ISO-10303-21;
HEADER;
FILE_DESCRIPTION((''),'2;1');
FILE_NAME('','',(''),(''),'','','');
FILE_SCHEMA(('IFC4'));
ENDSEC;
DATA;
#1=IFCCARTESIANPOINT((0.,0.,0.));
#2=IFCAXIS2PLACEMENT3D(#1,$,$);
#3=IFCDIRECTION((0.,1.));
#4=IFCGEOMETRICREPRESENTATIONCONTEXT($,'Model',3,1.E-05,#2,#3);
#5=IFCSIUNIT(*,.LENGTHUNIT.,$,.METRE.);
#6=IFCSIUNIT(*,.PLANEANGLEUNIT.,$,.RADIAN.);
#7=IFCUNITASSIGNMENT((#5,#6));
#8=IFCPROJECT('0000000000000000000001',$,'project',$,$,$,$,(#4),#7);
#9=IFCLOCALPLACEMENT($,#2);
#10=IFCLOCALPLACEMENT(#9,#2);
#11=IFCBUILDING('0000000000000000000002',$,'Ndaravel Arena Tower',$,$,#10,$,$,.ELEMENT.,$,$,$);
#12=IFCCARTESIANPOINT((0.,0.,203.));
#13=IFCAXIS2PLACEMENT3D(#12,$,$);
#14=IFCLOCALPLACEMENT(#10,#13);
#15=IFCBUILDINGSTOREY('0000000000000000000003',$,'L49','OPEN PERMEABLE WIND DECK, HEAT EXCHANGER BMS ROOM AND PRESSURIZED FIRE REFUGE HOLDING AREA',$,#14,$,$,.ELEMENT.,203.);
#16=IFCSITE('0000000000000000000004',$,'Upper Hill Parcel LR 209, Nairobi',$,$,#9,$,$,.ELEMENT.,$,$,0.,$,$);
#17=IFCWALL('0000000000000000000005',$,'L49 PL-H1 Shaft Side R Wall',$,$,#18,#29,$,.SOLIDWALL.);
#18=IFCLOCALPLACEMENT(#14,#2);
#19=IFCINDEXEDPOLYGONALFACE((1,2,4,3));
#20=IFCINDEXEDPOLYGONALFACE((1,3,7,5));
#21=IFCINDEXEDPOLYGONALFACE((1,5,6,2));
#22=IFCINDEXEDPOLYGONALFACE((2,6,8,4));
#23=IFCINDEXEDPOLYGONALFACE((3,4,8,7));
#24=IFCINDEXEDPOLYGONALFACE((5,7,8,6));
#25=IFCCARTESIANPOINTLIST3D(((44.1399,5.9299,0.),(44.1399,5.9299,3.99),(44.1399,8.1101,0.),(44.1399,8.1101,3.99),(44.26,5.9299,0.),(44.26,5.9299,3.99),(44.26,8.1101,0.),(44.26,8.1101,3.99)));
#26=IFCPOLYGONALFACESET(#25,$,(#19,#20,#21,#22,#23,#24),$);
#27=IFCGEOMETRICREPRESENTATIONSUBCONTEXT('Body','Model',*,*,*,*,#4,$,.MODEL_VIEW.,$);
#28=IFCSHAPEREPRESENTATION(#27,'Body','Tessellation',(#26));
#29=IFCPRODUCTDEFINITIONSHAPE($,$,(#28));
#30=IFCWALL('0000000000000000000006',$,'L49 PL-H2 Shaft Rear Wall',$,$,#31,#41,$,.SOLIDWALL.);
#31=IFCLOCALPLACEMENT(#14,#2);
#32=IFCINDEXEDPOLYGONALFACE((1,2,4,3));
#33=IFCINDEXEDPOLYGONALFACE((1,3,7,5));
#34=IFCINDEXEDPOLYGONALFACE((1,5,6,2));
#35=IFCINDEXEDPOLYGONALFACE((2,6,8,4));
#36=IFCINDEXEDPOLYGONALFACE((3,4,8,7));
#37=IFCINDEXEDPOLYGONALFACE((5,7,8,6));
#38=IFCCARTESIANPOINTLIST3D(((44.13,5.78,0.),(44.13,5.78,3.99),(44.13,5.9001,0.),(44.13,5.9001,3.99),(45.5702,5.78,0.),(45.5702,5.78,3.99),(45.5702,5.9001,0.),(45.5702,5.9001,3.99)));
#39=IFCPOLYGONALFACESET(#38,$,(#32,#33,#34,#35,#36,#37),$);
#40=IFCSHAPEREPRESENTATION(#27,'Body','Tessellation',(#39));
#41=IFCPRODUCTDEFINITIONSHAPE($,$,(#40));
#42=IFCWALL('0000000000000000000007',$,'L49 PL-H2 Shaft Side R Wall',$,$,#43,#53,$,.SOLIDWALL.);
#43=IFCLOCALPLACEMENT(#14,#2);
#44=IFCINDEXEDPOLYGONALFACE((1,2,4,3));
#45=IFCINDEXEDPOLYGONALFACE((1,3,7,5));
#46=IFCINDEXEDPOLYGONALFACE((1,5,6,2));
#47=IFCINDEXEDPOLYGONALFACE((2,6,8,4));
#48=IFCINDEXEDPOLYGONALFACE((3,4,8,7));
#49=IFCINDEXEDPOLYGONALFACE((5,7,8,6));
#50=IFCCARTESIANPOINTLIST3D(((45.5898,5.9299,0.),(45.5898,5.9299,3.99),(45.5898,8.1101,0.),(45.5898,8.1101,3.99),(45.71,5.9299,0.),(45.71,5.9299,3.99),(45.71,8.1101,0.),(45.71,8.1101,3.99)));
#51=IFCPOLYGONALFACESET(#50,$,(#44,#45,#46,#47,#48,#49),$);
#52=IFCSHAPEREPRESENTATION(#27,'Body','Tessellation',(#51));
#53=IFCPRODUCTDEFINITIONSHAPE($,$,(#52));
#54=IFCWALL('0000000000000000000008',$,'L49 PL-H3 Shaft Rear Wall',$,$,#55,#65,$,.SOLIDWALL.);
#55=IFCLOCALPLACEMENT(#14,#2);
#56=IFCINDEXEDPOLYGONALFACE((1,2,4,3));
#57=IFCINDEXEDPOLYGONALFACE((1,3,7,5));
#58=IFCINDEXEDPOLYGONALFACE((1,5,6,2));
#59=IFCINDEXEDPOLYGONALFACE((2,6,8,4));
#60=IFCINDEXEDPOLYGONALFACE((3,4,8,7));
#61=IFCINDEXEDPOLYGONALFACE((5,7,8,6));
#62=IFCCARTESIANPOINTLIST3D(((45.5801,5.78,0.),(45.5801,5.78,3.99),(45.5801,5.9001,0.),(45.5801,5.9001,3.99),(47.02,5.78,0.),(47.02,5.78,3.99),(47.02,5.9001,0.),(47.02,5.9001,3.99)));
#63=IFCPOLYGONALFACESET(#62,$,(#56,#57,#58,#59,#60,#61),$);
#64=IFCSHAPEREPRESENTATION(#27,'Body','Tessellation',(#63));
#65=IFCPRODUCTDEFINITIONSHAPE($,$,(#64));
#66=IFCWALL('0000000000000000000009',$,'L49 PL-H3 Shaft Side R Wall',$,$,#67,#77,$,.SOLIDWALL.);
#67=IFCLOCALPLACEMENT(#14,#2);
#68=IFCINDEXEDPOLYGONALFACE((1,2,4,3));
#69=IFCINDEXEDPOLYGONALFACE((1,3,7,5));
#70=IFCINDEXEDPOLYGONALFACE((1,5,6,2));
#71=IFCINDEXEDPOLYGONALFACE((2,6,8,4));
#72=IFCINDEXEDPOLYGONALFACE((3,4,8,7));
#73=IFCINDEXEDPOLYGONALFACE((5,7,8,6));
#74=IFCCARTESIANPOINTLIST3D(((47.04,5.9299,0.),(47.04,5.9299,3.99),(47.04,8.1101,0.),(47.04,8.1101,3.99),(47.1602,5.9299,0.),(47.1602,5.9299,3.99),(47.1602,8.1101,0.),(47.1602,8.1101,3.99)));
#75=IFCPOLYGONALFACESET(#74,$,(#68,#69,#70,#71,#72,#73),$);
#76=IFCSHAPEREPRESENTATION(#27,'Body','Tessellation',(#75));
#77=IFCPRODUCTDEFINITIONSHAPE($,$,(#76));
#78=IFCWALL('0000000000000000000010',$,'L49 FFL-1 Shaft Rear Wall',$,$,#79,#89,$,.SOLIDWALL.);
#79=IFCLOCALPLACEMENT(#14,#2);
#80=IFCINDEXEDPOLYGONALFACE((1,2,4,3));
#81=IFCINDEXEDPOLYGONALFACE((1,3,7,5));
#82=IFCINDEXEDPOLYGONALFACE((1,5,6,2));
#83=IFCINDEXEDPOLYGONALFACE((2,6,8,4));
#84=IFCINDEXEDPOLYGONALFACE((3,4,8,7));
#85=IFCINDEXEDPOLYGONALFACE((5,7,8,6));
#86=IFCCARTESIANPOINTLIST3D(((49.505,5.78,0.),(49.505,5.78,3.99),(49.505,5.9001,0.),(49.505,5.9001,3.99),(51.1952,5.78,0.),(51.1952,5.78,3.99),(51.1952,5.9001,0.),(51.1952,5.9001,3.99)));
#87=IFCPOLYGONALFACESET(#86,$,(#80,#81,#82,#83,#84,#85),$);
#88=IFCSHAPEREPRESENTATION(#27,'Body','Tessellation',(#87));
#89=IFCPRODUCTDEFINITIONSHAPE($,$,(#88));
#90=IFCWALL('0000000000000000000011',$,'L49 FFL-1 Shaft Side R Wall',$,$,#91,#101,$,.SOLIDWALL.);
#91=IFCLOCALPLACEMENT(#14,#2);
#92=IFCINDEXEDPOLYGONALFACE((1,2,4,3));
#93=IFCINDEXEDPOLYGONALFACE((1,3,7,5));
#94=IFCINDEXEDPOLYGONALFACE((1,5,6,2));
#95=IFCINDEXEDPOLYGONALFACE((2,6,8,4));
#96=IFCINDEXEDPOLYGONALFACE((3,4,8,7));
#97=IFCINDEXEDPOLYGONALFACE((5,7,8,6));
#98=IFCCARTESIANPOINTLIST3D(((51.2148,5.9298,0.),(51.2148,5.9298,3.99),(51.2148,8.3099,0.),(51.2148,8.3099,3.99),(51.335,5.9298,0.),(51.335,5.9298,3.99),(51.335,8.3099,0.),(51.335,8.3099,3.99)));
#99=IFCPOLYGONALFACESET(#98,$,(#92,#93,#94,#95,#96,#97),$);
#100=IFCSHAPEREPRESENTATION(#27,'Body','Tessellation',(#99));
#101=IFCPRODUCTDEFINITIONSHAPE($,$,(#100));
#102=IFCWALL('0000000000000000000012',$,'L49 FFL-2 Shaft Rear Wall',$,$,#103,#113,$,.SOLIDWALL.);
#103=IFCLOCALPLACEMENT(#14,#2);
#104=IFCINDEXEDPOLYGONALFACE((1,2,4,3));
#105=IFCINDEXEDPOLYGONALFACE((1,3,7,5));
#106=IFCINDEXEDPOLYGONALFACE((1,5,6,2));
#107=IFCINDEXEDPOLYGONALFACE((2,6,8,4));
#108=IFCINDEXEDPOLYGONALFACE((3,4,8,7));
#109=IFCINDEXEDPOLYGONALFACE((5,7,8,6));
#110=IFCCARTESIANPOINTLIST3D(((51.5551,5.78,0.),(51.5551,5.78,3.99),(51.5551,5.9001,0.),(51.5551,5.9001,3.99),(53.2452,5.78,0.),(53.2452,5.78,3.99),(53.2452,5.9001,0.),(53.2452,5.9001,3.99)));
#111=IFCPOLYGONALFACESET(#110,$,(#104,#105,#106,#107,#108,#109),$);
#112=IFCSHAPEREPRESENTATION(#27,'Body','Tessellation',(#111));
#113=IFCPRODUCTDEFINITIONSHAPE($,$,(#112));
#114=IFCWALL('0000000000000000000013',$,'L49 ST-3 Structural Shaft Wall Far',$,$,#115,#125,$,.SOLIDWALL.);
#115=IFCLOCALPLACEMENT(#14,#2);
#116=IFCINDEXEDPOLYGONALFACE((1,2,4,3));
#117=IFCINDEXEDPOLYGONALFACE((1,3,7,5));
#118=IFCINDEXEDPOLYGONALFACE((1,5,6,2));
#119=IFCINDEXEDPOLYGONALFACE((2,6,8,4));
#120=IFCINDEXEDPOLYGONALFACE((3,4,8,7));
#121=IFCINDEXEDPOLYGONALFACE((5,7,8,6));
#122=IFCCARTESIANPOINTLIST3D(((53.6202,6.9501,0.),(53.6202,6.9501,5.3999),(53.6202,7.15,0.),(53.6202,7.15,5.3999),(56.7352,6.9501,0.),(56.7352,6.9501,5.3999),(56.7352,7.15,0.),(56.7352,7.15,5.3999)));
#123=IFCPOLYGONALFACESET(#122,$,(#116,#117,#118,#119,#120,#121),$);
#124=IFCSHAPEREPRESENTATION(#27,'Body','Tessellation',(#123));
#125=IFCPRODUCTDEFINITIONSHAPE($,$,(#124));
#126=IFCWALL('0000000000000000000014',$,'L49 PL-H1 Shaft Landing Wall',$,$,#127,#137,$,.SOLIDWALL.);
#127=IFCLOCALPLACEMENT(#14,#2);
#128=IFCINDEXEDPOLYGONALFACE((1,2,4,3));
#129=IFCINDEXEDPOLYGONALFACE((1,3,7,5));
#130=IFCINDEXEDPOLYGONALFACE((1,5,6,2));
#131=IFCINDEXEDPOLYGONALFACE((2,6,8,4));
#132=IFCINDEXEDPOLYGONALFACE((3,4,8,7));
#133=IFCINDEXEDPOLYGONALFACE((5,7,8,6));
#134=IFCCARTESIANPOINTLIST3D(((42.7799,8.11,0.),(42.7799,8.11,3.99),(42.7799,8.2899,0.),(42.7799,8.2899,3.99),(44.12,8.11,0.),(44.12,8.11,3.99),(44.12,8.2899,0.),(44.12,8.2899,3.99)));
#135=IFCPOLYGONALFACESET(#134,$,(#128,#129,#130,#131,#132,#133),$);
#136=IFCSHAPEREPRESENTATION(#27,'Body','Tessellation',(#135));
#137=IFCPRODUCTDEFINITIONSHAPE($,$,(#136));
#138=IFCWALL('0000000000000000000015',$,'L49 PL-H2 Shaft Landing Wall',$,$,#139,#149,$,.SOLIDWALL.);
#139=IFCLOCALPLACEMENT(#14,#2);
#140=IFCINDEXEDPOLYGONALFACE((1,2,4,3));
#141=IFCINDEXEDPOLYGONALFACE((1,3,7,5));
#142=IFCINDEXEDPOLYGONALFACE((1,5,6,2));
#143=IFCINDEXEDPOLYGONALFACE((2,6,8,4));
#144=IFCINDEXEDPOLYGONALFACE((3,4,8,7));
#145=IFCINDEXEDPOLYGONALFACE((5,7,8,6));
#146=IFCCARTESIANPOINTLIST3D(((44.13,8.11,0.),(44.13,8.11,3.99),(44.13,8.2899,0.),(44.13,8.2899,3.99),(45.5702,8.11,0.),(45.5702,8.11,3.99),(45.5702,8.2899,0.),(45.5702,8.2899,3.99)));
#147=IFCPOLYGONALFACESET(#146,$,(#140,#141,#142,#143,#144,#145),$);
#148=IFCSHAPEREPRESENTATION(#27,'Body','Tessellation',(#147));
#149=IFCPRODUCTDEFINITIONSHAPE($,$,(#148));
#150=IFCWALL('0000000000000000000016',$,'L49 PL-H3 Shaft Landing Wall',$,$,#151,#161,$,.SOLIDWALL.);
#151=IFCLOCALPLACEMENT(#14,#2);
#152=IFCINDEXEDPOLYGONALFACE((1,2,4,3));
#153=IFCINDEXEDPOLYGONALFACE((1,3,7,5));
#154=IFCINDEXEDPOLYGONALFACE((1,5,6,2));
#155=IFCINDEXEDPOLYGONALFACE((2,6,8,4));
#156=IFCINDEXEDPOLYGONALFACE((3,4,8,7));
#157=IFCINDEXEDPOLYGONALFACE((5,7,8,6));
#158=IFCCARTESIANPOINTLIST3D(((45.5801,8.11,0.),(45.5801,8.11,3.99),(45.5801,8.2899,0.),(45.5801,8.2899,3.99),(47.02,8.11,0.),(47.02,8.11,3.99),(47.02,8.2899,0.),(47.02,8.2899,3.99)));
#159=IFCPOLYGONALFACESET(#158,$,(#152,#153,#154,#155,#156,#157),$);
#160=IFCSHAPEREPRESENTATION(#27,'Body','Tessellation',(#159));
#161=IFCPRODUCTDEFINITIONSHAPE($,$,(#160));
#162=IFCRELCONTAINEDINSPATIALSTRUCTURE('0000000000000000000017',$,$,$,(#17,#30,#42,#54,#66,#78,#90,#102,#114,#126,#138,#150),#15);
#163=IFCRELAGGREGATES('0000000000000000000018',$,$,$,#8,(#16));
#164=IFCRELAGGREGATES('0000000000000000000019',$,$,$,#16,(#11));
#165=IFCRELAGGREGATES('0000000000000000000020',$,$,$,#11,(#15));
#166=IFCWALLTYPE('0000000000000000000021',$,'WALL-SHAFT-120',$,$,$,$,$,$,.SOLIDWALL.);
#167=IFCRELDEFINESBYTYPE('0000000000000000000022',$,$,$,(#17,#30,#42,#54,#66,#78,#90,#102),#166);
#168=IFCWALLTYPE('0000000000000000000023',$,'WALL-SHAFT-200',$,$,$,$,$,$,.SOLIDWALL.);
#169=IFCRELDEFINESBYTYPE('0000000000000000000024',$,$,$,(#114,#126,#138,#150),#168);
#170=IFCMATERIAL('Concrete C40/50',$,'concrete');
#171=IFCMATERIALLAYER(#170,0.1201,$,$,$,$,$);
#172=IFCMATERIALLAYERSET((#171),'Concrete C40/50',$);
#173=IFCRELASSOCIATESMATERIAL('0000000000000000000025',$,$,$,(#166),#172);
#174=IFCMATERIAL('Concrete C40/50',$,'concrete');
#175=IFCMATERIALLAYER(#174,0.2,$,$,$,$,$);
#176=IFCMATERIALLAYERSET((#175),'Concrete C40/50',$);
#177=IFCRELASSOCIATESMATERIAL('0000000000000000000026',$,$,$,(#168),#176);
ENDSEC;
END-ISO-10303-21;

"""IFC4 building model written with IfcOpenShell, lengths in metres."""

from ifc_helpers import new_model, si_unit, direction, frame, frame_2d, origin, place, context, subcontext, project, spatial, rectangle, extrude, material, layer, layer_set, type_object, element, save


model = new_model("IFC4")

# Units and contexts
model_context = context("Model", 3, precision=1e-05, world=origin(), true_north=direction((0.0, 1.0)))
body_context = subcontext(model_context, "Body", "Model", "MODEL_VIEW")
ifc_project = project(units=[si_unit("LENGTHUNIT", "METRE"), si_unit("PLANEANGLEUNIT", "RADIAN")], contexts=[model_context])

# Site, building, storey
site_placement = place(None, origin())
site = spatial("IfcSite", under=ifc_project, at=site_placement, Name="Upper Hill Parcel LR 209, Nairobi", CompositionType="ELEMENT", RefElevation=0.0)
building_placement = place(site_placement, origin())
building = spatial("IfcBuilding", under=site, at=building_placement, Name="Ndaravel Arena Tower", CompositionType="ELEMENT")
storey_placement = place(building_placement, frame((0.0, 0.0, 203.0)))
storey = spatial("IfcBuildingStorey", under=building, at=storey_placement, Name="L49", Description="OPEN PERMEABLE WIND DECK, HEAT EXCHANGER BMS ROOM AND PRESSURIZED FIRE REFUGE HOLDING AREA", CompositionType="ELEMENT", Elevation=203.0)

# Walls
ifc_material_1 = material(Name="Concrete C40/50", Category="concrete")
ifc_layer_1 = layer(ifc_material_1, 0.1201)
ifc_layer_set_1 = layer_set([ifc_layer_1], Name="Concrete C40/50")
wall_type_1 = type_object("IfcWallType", Name="WALL-SHAFT-120", PredefinedType="SOLIDWALL", material=ifc_layer_set_1)
wall_1_placement = place(storey_placement, frame((44.2, 5.9299, 0.0), z_axis=(0.0, 0.0, 1.0), x_axis=(0.0, 1.0, 0.0)))
element("IfcWall", 1, at=wall_1_placement, inside=storey, type_object=wall_type_1, Name="L49 PL-H1 Shaft Side R Wall", PredefinedType="SOLIDWALL", context=body_context, shape_type="SweptSolid", body=[
    extrude(rectangle(XDim=2.1802, YDim=0.1201, at=frame_2d((1.0901, 0.0))), origin(), (0.0, 0.0, 1.0), 3.99),
])
wall_2_placement = place(storey_placement, frame((44.1299, 5.8401, 0.0), z_axis=(0.0, 0.0, 1.0), x_axis=(1.0, 0.0, 0.0)))
element("IfcWall", 2, at=wall_2_placement, inside=storey, type_object=wall_type_1, Name="L49 PL-H2 Shaft Rear Wall", PredefinedType="SOLIDWALL", context=body_context, shape_type="SweptSolid", body=[
    extrude(rectangle(XDim=1.4402, YDim=0.1201, at=frame_2d((0.7202, 0.0))), origin(), (0.0, 0.0, 1.0), 3.99),
])
wall_3_placement = place(storey_placement, frame((45.6499, 5.9299, 0.0), z_axis=(0.0, 0.0, 1.0), x_axis=(0.0, 1.0, 0.0)))
element("IfcWall", 3, at=wall_3_placement, inside=storey, type_object=wall_type_1, Name="L49 PL-H2 Shaft Side R Wall", PredefinedType="SOLIDWALL", context=body_context, shape_type="SweptSolid", body=[
    extrude(rectangle(XDim=2.1802, YDim=0.1201, at=frame_2d((1.0901, 0.0))), origin(), (0.0, 0.0, 1.0), 3.99),
])
wall_4_placement = place(storey_placement, frame((45.5801, 5.8401, 0.0), z_axis=(0.0, 0.0, 1.0), x_axis=(1.0, 0.0, 0.0)))
element("IfcWall", 4, at=wall_4_placement, inside=storey, type_object=wall_type_1, Name="L49 PL-H3 Shaft Rear Wall", PredefinedType="SOLIDWALL", context=body_context, shape_type="SweptSolid", body=[
    extrude(rectangle(XDim=1.4399, YDim=0.1201, at=frame_2d((0.72, 0.0))), origin(), (0.0, 0.0, 1.0), 3.99),
])
wall_5_placement = place(storey_placement, frame((47.1001, 5.9299, 0.0), z_axis=(0.0, 0.0, 1.0), x_axis=(0.0, 1.0, 0.0)))
element("IfcWall", 5, at=wall_5_placement, inside=storey, type_object=wall_type_1, Name="L49 PL-H3 Shaft Side R Wall", PredefinedType="SOLIDWALL", context=body_context, shape_type="SweptSolid", body=[
    extrude(rectangle(XDim=2.1802, YDim=0.1201, at=frame_2d((1.0901, 0.0))), origin(), (0.0, 0.0, 1.0), 3.99),
])
wall_6_placement = place(storey_placement, frame((49.5049, 5.8401, 0.0), z_axis=(0.0, 0.0, 1.0), x_axis=(1.0, 0.0, 0.0)))
element("IfcWall", 6, at=wall_6_placement, inside=storey, type_object=wall_type_1, Name="L49 FFL-1 Shaft Rear Wall", PredefinedType="SOLIDWALL", context=body_context, shape_type="SweptSolid", body=[
    extrude(rectangle(XDim=1.6902, YDim=0.1201, at=frame_2d((0.8452, 0.0))), origin(), (0.0, 0.0, 1.0), 3.99),
])
wall_7_placement = place(storey_placement, frame((51.2749, 5.9299, 0.0), z_axis=(0.0, 0.0, 1.0), x_axis=(0.0, 1.0, 0.0)))
element("IfcWall", 7, at=wall_7_placement, inside=storey, type_object=wall_type_1, Name="L49 FFL-1 Shaft Side R Wall", PredefinedType="SOLIDWALL", context=body_context, shape_type="SweptSolid", body=[
    extrude(rectangle(XDim=2.3801, YDim=0.1201, at=frame_2d((1.1899, 0.0))), origin(), (0.0, 0.0, 1.0), 3.99),
])
wall_8_placement = place(storey_placement, frame((51.5549, 5.8401, 0.0), z_axis=(0.0, 0.0, 1.0), x_axis=(1.0, 0.0, 0.0)))
element("IfcWall", 8, at=wall_8_placement, inside=storey, type_object=wall_type_1, Name="L49 FFL-2 Shaft Rear Wall", PredefinedType="SOLIDWALL", context=body_context, shape_type="SweptSolid", body=[
    extrude(rectangle(XDim=1.6902, YDim=0.1201, at=frame_2d((0.8452, 0.0))), origin(), (0.0, 0.0, 1.0), 3.99),
])
ifc_material_2 = material(Name="Concrete C40/50", Category="concrete")
ifc_layer_2 = layer(ifc_material_2, 0.2)
ifc_layer_set_2 = layer_set([ifc_layer_2], Name="Concrete C40/50")
wall_type_2 = type_object("IfcWallType", Name="WALL-SHAFT-200", PredefinedType="SOLIDWALL", material=ifc_layer_set_2)
wall_9_placement = place(storey_placement, frame((53.6201, 7.05, 0.0), z_axis=(0.0, 0.0, 1.0), x_axis=(1.0, 0.0, 0.0)))
element("IfcWall", 9, at=wall_9_placement, inside=storey, type_object=wall_type_2, Name="L49 ST-3 Structural Shaft Wall Far", PredefinedType="SOLIDWALL", context=body_context, shape_type="SweptSolid", body=[
    extrude(rectangle(XDim=3.115, YDim=0.2, at=frame_2d((1.5576, 0.0))), origin(), (0.0, 0.0, 1.0), 5.3999),
])
wall_10_placement = place(storey_placement, frame((42.78, 8.2, 0.0), z_axis=(0.0, 0.0, 1.0), x_axis=(1.0, 0.0, 0.0)))
element("IfcWall", 10, at=wall_10_placement, inside=storey, type_object=wall_type_2, Name="L49 PL-H1 Shaft Landing Wall", PredefinedType="SOLIDWALL", context=body_context, shape_type="SweptSolid", body=[
    extrude(rectangle(XDim=1.3401, YDim=0.1799, at=frame_2d((0.6699, 0.0))), origin(), (0.0, 0.0, 1.0), 3.99),
])
wall_11_placement = place(storey_placement, frame((44.1299, 8.2, 0.0), z_axis=(0.0, 0.0, 1.0), x_axis=(1.0, 0.0, 0.0)))
element("IfcWall", 11, at=wall_11_placement, inside=storey, type_object=wall_type_2, Name="L49 PL-H2 Shaft Landing Wall", PredefinedType="SOLIDWALL", context=body_context, shape_type="SweptSolid", body=[
    extrude(rectangle(XDim=1.4402, YDim=0.1799, at=frame_2d((0.7202, 0.0))), origin(), (0.0, 0.0, 1.0), 3.99),
])
wall_12_placement = place(storey_placement, frame((45.5801, 8.2, 0.0), z_axis=(0.0, 0.0, 1.0), x_axis=(1.0, 0.0, 0.0)))
element("IfcWall", 12, at=wall_12_placement, inside=storey, type_object=wall_type_2, Name="L49 PL-H3 Shaft Landing Wall", PredefinedType="SOLIDWALL", context=body_context, shape_type="SweptSolid", body=[
    extrude(rectangle(XDim=1.4399, YDim=0.1799, at=frame_2d((0.72, 0.0))), origin(), (0.0, 0.0, 1.0), 3.99),
])

save(model, "model.ifc")
